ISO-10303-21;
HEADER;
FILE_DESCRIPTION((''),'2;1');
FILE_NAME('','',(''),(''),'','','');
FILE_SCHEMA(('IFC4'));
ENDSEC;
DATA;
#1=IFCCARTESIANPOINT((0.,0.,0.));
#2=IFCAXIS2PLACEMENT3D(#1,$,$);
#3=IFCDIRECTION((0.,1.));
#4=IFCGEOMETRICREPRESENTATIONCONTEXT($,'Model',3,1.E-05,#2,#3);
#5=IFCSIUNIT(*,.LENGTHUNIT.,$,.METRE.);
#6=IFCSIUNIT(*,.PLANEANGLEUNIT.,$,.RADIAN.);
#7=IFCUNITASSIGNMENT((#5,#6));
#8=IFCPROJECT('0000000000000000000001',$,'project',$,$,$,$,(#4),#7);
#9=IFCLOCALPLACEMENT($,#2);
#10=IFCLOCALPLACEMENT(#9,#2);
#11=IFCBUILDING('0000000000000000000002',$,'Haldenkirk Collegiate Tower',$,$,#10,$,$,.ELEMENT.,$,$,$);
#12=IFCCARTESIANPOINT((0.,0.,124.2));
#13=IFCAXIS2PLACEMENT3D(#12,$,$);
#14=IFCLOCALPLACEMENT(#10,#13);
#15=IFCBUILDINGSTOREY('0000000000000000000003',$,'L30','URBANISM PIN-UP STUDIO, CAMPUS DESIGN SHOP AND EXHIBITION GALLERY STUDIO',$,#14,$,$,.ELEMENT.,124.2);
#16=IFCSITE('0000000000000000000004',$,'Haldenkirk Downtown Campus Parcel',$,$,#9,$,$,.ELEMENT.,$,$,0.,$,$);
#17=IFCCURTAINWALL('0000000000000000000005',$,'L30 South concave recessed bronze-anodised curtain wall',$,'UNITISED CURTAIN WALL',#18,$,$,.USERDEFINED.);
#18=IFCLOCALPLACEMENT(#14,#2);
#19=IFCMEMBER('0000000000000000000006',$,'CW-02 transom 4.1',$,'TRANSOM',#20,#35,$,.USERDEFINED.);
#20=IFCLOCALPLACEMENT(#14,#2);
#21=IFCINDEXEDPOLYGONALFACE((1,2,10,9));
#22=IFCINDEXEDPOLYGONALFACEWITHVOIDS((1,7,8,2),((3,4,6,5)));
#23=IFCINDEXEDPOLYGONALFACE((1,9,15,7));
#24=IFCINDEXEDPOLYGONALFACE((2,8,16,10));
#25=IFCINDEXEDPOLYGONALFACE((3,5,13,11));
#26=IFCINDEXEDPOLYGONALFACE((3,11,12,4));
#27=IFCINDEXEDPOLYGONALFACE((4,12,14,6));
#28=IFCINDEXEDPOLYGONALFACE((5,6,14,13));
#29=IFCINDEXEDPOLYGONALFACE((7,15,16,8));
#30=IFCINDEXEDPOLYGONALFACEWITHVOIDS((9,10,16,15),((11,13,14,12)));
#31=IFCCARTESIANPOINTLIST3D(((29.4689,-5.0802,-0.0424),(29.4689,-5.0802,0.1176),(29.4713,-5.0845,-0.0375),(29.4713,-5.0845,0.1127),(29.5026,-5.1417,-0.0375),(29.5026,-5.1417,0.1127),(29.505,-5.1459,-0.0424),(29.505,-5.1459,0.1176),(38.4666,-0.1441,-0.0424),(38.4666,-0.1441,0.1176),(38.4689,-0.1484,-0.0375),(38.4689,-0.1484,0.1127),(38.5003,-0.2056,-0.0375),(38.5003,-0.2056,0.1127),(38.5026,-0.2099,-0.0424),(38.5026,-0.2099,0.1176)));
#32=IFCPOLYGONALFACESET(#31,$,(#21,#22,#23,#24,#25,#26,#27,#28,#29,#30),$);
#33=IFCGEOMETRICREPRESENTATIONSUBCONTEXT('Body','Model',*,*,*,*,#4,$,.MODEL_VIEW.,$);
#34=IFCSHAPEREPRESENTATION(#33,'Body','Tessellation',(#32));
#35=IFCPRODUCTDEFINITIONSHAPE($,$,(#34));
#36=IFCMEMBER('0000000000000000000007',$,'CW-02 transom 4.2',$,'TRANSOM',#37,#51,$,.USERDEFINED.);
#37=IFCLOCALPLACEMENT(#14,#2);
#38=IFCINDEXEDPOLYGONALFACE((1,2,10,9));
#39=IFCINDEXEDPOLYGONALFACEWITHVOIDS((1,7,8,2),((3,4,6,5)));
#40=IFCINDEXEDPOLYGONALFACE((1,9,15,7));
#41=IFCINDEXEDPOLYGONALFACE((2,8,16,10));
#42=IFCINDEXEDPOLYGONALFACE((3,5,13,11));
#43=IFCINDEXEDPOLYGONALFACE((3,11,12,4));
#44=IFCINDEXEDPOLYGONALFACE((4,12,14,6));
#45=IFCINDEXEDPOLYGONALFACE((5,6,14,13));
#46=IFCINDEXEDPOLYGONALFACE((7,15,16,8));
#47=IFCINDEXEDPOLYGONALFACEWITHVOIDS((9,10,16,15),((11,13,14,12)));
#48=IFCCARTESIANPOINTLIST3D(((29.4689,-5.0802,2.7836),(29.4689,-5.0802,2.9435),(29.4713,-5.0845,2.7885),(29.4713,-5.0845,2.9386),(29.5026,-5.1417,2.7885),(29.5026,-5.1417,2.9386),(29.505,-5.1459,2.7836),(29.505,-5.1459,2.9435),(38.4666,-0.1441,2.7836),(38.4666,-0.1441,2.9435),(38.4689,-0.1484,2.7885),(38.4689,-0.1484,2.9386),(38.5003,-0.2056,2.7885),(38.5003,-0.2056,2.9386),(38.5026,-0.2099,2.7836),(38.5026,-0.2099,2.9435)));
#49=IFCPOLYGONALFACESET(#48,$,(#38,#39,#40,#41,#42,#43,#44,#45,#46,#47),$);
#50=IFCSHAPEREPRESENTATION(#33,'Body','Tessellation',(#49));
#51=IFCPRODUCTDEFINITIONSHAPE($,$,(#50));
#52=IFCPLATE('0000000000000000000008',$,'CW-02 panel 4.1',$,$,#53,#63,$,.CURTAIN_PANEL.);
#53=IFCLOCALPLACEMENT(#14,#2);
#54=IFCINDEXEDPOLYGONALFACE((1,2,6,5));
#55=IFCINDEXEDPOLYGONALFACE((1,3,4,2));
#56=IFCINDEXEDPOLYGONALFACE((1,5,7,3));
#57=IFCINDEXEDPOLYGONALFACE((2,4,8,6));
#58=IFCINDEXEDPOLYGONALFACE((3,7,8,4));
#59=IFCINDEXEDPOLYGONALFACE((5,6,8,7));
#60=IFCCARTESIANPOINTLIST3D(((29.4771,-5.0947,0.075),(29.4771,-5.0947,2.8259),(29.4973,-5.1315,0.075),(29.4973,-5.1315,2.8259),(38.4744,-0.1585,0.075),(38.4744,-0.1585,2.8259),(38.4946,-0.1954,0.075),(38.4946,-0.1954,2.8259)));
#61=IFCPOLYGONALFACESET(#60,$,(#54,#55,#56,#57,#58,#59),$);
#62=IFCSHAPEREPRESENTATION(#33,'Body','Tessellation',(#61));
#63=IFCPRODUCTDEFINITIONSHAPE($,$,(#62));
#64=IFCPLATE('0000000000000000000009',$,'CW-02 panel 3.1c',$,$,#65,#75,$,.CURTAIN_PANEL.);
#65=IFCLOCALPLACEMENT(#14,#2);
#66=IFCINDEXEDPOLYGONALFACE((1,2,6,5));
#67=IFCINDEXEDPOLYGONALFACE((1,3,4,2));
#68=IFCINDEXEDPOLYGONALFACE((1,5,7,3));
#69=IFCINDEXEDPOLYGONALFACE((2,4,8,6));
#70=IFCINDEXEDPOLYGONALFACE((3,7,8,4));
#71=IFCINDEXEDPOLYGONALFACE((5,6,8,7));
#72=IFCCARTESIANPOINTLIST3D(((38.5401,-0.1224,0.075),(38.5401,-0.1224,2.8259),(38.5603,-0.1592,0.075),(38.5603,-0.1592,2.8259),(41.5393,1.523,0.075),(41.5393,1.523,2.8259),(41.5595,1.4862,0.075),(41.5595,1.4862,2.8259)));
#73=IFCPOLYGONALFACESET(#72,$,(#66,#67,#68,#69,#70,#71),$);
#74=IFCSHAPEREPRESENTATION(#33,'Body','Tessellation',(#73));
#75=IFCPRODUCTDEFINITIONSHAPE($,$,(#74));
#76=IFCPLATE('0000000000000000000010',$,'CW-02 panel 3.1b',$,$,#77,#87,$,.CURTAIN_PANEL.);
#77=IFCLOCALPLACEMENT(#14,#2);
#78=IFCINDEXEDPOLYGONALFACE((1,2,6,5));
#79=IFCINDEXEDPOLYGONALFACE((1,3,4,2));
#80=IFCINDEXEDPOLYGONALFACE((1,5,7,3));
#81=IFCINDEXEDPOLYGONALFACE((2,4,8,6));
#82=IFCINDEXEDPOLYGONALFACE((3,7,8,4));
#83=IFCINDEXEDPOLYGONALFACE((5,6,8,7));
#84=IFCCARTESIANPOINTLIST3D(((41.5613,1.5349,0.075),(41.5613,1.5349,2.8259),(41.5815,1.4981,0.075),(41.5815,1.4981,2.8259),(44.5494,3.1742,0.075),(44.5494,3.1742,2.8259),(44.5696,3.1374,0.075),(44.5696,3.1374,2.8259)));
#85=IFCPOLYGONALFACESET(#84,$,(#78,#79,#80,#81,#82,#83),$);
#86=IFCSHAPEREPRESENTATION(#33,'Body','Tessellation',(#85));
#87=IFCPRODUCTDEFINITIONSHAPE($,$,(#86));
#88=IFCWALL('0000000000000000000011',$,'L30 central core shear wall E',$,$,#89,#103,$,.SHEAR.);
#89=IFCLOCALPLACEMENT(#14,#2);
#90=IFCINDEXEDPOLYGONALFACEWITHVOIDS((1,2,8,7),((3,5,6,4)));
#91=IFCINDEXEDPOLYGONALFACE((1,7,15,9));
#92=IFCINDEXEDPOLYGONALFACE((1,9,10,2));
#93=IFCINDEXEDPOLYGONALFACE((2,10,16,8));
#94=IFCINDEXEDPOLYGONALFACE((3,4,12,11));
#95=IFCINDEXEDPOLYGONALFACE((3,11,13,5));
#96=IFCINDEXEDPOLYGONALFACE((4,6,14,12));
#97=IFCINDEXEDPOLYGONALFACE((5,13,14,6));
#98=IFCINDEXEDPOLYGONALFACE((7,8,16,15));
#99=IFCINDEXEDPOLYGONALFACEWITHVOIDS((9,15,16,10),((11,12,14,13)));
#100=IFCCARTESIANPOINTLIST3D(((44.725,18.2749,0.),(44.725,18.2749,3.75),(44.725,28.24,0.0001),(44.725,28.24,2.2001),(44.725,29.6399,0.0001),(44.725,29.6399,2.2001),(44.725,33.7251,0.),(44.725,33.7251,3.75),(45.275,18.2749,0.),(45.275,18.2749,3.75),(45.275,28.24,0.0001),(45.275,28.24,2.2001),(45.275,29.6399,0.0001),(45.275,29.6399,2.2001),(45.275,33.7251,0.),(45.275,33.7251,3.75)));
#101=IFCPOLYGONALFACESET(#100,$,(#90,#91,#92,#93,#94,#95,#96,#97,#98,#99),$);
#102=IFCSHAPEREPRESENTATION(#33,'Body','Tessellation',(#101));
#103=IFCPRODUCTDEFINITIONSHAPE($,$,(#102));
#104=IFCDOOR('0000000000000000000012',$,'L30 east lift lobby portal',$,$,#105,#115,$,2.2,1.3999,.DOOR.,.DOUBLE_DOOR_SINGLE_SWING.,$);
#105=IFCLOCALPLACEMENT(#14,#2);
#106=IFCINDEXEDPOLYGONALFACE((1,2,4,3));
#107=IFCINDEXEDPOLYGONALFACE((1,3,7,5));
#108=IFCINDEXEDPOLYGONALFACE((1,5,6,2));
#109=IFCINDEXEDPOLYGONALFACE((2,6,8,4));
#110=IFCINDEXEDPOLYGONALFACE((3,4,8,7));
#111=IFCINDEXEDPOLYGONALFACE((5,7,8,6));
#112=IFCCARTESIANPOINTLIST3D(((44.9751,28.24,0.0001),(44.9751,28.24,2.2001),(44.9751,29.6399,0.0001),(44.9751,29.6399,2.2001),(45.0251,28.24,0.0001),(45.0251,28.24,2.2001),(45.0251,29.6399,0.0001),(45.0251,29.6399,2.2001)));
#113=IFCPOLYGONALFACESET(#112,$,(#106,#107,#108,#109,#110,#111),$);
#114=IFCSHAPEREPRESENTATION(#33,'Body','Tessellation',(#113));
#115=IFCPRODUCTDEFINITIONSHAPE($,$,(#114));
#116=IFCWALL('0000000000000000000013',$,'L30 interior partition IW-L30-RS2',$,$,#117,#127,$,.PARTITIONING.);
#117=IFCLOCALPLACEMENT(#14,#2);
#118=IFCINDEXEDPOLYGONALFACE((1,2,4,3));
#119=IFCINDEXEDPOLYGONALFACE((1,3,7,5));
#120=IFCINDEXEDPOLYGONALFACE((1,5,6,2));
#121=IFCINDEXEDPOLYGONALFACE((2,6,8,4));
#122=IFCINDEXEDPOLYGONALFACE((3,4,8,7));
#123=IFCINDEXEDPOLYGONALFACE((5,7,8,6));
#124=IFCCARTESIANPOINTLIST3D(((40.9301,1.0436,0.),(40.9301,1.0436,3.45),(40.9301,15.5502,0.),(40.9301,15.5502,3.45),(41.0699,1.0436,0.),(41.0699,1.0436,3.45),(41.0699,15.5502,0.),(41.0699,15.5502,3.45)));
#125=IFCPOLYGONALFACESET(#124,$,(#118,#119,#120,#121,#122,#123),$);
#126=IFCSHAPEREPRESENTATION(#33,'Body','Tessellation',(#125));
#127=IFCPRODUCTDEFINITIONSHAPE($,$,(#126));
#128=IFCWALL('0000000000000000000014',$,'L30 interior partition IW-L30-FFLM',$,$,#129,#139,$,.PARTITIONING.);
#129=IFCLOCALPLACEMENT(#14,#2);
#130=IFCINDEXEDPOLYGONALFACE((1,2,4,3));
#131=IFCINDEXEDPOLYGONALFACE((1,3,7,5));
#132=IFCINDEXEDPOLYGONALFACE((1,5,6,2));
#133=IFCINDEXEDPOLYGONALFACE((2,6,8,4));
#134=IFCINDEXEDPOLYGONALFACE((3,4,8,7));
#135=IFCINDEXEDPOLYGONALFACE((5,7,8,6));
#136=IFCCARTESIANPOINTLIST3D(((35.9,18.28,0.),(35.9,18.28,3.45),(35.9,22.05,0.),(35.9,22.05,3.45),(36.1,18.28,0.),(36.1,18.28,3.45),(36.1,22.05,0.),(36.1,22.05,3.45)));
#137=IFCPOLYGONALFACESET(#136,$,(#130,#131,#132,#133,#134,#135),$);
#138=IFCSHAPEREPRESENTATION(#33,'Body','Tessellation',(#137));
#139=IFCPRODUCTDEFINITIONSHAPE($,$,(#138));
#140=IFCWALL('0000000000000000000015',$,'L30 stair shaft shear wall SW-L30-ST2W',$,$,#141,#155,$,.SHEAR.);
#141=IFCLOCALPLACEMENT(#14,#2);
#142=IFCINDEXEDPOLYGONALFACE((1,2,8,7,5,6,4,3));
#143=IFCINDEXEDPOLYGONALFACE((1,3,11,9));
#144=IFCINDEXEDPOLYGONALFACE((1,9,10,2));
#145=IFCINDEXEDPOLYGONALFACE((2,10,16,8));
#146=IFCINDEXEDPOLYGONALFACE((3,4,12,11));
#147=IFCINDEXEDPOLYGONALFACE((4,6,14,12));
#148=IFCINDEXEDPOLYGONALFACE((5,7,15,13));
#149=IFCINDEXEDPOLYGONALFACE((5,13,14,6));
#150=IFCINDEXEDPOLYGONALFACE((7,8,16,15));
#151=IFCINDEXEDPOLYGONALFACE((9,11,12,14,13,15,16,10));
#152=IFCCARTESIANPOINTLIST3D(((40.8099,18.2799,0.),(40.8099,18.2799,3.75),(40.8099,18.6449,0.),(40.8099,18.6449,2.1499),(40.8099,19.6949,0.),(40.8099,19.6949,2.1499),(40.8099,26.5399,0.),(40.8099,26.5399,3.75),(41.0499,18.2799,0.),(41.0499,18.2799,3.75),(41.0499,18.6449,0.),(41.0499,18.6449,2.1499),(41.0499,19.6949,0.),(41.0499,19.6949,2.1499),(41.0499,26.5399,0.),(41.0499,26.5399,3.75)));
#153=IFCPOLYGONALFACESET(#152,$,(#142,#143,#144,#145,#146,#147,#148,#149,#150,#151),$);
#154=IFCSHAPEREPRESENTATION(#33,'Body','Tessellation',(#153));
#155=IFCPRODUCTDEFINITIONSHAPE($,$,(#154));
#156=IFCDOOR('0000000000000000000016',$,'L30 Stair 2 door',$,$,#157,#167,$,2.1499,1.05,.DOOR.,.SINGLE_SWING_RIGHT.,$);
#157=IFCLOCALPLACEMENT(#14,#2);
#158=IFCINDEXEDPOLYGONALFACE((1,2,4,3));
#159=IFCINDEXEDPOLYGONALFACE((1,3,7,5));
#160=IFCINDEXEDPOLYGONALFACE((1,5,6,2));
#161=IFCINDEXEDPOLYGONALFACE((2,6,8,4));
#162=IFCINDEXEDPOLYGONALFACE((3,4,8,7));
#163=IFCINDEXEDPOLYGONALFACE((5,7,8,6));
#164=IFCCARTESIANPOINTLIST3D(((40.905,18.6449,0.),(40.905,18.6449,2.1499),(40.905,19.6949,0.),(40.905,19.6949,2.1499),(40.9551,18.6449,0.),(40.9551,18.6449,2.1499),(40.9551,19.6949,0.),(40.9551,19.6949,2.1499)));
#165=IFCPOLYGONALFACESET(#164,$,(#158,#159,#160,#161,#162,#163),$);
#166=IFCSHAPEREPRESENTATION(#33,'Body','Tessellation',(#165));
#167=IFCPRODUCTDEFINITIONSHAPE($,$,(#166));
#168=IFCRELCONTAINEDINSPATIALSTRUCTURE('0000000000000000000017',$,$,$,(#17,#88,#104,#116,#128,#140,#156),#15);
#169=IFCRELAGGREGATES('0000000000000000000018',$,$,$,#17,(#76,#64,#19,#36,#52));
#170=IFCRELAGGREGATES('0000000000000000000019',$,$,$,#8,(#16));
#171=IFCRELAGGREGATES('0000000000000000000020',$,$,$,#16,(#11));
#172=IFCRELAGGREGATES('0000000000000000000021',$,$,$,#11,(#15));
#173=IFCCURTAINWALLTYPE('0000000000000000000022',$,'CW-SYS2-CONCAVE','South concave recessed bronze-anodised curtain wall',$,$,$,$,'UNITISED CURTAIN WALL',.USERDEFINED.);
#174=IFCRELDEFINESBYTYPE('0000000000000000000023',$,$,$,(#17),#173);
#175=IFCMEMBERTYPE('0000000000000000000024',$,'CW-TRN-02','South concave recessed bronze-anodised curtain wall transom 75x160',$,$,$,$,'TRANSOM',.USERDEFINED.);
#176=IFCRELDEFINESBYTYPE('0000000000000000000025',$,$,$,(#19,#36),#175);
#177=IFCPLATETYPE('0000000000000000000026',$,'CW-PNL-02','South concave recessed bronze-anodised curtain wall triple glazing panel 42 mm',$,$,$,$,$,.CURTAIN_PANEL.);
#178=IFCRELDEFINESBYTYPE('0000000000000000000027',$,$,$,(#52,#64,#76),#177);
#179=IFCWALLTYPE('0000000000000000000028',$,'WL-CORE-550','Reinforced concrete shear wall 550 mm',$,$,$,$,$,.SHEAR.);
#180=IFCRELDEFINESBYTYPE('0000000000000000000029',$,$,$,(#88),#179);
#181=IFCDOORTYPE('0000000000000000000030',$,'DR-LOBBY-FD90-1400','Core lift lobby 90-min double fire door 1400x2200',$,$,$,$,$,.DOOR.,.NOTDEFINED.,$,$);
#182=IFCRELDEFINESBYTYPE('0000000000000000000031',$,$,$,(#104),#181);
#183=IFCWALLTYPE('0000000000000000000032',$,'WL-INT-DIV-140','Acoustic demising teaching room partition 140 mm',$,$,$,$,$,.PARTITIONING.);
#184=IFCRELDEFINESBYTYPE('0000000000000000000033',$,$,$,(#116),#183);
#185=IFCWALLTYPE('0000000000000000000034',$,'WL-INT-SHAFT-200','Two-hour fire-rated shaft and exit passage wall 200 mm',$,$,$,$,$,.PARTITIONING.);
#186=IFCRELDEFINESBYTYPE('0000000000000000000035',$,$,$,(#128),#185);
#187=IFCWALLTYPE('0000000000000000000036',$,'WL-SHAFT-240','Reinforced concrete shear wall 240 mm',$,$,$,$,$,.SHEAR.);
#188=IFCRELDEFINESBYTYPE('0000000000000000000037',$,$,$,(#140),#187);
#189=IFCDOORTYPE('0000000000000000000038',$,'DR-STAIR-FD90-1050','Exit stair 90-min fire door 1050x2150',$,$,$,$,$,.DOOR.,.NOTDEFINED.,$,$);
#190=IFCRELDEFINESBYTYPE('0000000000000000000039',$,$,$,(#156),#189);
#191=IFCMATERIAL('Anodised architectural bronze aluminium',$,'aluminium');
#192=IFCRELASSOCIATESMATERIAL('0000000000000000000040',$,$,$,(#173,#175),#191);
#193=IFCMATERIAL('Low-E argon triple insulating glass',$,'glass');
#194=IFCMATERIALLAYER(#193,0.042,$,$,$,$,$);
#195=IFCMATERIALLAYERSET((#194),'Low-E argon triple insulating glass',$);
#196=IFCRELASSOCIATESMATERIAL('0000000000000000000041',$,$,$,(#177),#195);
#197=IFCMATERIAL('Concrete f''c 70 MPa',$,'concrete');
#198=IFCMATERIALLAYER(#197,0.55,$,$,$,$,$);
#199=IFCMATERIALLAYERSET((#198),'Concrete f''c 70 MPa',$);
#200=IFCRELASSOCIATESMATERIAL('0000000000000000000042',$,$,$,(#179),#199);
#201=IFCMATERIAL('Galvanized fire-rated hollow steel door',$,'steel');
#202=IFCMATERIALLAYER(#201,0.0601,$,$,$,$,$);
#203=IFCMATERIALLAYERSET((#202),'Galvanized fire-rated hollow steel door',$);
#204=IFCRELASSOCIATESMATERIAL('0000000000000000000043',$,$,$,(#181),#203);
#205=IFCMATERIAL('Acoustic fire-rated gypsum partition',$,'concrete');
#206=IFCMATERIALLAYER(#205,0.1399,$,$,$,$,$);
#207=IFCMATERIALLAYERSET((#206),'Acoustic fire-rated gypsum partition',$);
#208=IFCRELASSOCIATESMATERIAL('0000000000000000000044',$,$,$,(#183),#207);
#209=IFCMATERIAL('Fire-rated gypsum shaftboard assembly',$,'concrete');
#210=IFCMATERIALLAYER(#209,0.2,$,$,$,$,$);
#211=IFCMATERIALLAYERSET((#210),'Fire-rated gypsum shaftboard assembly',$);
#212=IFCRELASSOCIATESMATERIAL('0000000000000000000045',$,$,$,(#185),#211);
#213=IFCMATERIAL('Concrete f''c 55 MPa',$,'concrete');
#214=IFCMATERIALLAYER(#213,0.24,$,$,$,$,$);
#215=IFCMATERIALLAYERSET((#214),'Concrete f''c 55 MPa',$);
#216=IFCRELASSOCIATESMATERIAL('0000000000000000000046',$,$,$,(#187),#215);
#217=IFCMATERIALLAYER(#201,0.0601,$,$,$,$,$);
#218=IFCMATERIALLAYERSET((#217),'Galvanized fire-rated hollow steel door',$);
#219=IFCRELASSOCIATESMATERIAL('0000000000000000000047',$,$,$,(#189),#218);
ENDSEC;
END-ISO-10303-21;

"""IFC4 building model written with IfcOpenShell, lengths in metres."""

from ifc_helpers import new_model, si_unit, direction, frame, frame_2d, origin, origin_2d, place, context, subcontext, project, spatial, rectangle, hollow_rectangle, extrude, source, transform, mapped, material, layer, layer_set, material_profile, profile_set, type_object, element, fill, aggregate, save


model = new_model("IFC4")

# Units and contexts
model_context = context("Model", 3, precision=1e-05, world=origin(), true_north=direction((0.0, 1.0)))
body_context = subcontext(model_context, "Body", "Model", "MODEL_VIEW")
ifc_project = project(units=[si_unit("LENGTHUNIT", "METRE"), si_unit("PLANEANGLEUNIT", "RADIAN")], contexts=[model_context])

# Site, building, storey
site_placement = place(None, origin())
site = spatial("IfcSite", under=ifc_project, at=site_placement, Name="Haldenkirk Downtown Campus Parcel", CompositionType="ELEMENT", RefElevation=0.0)
building_placement = place(site_placement, origin())
building = spatial("IfcBuilding", under=site, at=building_placement, Name="Haldenkirk Collegiate Tower", CompositionType="ELEMENT")
storey_placement = place(building_placement, frame((0.0, 0.0, 124.2)))
storey = spatial("IfcBuildingStorey", under=building, at=storey_placement, Name="L30", Description="URBANISM PIN-UP STUDIO, CAMPUS DESIGN SHOP AND EXHIBITION GALLERY STUDIO", CompositionType="ELEMENT", Elevation=124.2)

# Curtain wall, members, plates
ifc_material_1 = material(Name="Anodised architectural bronze aluminium", Category="aluminium")
curtain_wall_type = type_object("IfcCurtainWallType", Name="CW-SYS2-CONCAVE", Description="South concave recessed bronze-anodised curtain wall", ElementType="UNITISED CURTAIN WALL", PredefinedType="USERDEFINED", material=ifc_material_1)
curtain_wall_placement = place(storey_placement, origin())
curtain_wall = element("IfcCurtainWall", 1, at=curtain_wall_placement, inside=storey, type_object=curtain_wall_type, Name="L30 South concave recessed bronze-anodised curtain wall", ObjectType="UNITISED CURTAIN WALL", PredefinedType="USERDEFINED")
ifc_material_profile_1 = material_profile(ifc_material_1, hollow_rectangle(XDim=0.075, YDim=0.1599, WallThickness=0.0049, at=origin_2d()), Name="CW-TRN-02")
ifc_profile_set_1 = profile_set([ifc_material_profile_1], Name="Anodised architectural bronze aluminium")
member_type_1 = type_object("IfcMemberType", Name="CW-TRN-02", Description="South concave recessed bronze-anodised curtain wall transom 75x160", ElementType="TRANSOM", PredefinedType="USERDEFINED", material=ifc_profile_set_1)
member_1_placement = place(storey_placement, frame((38.4846, -0.177, 0.0376), z_axis=(-0.876735, -0.480974, 0.0), x_axis=(0.480974, -0.876735, 0.0)))
member_1 = element("IfcMember", 2, at=member_1_placement, type_object=member_type_1, Name="CW-02 transom 4.1", ObjectType="TRANSOM", PredefinedType="USERDEFINED", context=body_context, shape_type="SweptSolid", body=[
    extrude(hollow_rectangle(XDim=0.075, YDim=0.1599, WallThickness=0.0049, at=origin_2d()), origin(), (0.0, 0.0, 1.0), 10.2627),
])
member_2_placement = place(storey_placement, frame((38.4846, -0.177, 2.8635), z_axis=(-0.876735, -0.480974, 0.0), x_axis=(0.480974, -0.876735, 0.0)))
member_2 = element("IfcMember", 3, at=member_2_placement, type_object=member_type_1, Name="CW-02 transom 4.2", ObjectType="TRANSOM", PredefinedType="USERDEFINED", context=body_context, shape_type="SweptSolid", body=[
    extrude(hollow_rectangle(XDim=0.075, YDim=0.1599, WallThickness=0.0049, at=origin_2d()), origin(), (0.0, 0.0, 1.0), 10.2627),
])
ifc_material_2 = material(Name="Low-E argon triple insulating glass", Category="glass")
ifc_layer_1 = layer(ifc_material_2, 0.042)
ifc_layer_set_1 = layer_set([ifc_layer_1], Name="Low-E argon triple insulating glass")
plate_type = type_object("IfcPlateType", Name="CW-PNL-02", Description="South concave recessed bronze-anodised curtain wall triple glazing panel 42 mm", PredefinedType="CURTAIN_PANEL", material=ifc_layer_set_1)
shared_shape_1 = source(origin(), body_context, "Body", "SweptSolid", [
    extrude(rectangle(XDim=10.2625, YDim=0.042, at=origin_2d()), origin(), (0.0, 0.0, 1.0), 2.751),
])
plate_1_placement = place(storey_placement, frame((33.9858, -2.645, 0.075), z_axis=(0.0, 0.0, 1.0), x_axis=(-0.876727, -0.480989, 0.0)))
plate_1 = element("IfcPlate", 4, at=plate_1_placement, type_object=plate_type, Name="CW-02 panel 4.1", PredefinedType="CURTAIN_PANEL", context=body_context, shape_type="MappedRepresentation", body=[
    mapped(shared_shape_1, transform((0.0, 0.0, 0.0), x_axis=(1.0, 0.0, 0.0), y_axis=(0.0, 1.0, 0.0), z_axis=(0.0, 0.0, 1.0), scale=1.0)),
])
shared_shape_2 = source(origin(), body_context, "Body", "SweptSolid", [
    extrude(rectangle(XDim=3.4209, YDim=0.042, at=origin_2d()), origin(), (0.0, 0.0, 1.0), 2.751),
])
plate_2_placement = place(storey_placement, frame((40.0498, 0.6819, 0.075), z_axis=(0.0, 0.0, 1.0), x_axis=(-0.876727, -0.480989, 0.0)))
plate_2 = element("IfcPlate", 5, at=plate_2_placement, type_object=plate_type, Name="CW-02 panel 3.1c", PredefinedType="CURTAIN_PANEL", context=body_context, shape_type="MappedRepresentation", body=[
    mapped(shared_shape_2, transform((0.0, 0.0, 0.0), x_axis=(1.0, 0.0, 0.0), y_axis=(0.0, 1.0, 0.0), z_axis=(0.0, 0.0, 1.0), scale=1.0)),
])
shared_shape_3 = source(origin(), body_context, "Body", "SweptSolid", [
    extrude(rectangle(XDim=3.4082, YDim=0.042, at=origin_2d()), origin(), (0.0, 0.0, 1.0), 2.751),
])
plate_3_placement = place(storey_placement, frame((43.0654, 2.3362, 0.075), z_axis=(0.0, 0.0, 1.0), x_axis=(-0.876727, -0.480989, 0.0)))
plate_3 = element("IfcPlate", 6, at=plate_3_placement, type_object=plate_type, Name="CW-02 panel 3.1b", PredefinedType="CURTAIN_PANEL", context=body_context, shape_type="MappedRepresentation", body=[
    mapped(shared_shape_3, transform((0.0, 0.0, 0.0), x_axis=(1.0, 0.0, 0.0), y_axis=(0.0, 1.0, 0.0), z_axis=(0.0, 0.0, 1.0), scale=1.0)),
])
aggregate(curtain_wall, [plate_3, plate_2, member_1, member_2, plate_1])

# Wall, opening, door
ifc_material_3 = material(Name="Concrete f'c 70 MPa", Category="concrete")
ifc_layer_2 = layer(ifc_material_3, 0.55)
ifc_layer_set_2 = layer_set([ifc_layer_2], Name="Concrete f'c 70 MPa")
wall_type_1 = type_object("IfcWallType", Name="WL-CORE-550", Description="Reinforced concrete shear wall 550 mm", PredefinedType="SHEAR", material=ifc_layer_set_2)
wall_1_placement = place(storey_placement, frame((45.0, 18.2749, 0.0), z_axis=(0.0, 0.0, 1.0), x_axis=(0.0, 1.0, 0.0)))
wall_1 = element("IfcWall", 7, at=wall_1_placement, inside=storey, type_object=wall_type_1, Name="L30 central core shear wall E", PredefinedType="SHEAR", context=body_context, shape_type="SweptSolid", body=[
    extrude(rectangle(XDim=15.4502, YDim=0.55, at=frame_2d((7.7251, 0.0))), origin(), (0.0, 0.0, 1.0), 3.75),
])
opening_1_placement = place(wall_1_placement, frame((9.9651, 0.0, 0.0)))
opening_1 = element("IfcOpeningElement", 8, at=opening_1_placement, cuts=wall_1, PredefinedType="OPENING", context=body_context, shape_type="SweptSolid", body=[
    extrude(rectangle(XDim=1.3999, YDim=2.2, at=frame_2d((0.7, 1.1001))), frame((0.0, 0.2849, 0.0), z_axis=(0.0, -1.0, 0.0), x_axis=(1.0, 0.0, 0.0)), (0.0, 0.0, 1.0), 0.5701),
])
ifc_material_4 = material(Name="Galvanized fire-rated hollow steel door", Category="steel")
ifc_layer_3 = layer(ifc_material_4, 0.0601)
ifc_layer_set_3 = layer_set([ifc_layer_3], Name="Galvanized fire-rated hollow steel door")
door_type_1 = type_object("IfcDoorType", Name="DR-LOBBY-FD90-1400", Description="Core lift lobby 90-min double fire door 1400x2200", OperationType="NOTDEFINED", PredefinedType="DOOR", material=ifc_layer_set_3)
door_1_placement = place(opening_1_placement, origin())
door_1 = element("IfcDoor", 9, at=door_1_placement, inside=storey, type_object=door_type_1, Name="L30 east lift lobby portal", OperationType="DOUBLE_DOOR_SINGLE_SWING", OverallHeight=2.2, OverallWidth=1.3999, PredefinedType="DOOR", context=body_context, shape_type="SweptSolid", body=[
    extrude(rectangle(XDim=1.3999, YDim=2.2, at=frame_2d((0.7, 1.1001))), frame((0.0, 0.0249, 0.0), z_axis=(0.0, -1.0, 0.0), x_axis=(1.0, 0.0, 0.0)), (0.0, 0.0, 1.0), 0.05),
])
fill(opening_1, door_1)

# Walls
ifc_material_5 = material(Name="Acoustic fire-rated gypsum partition", Category="concrete")
ifc_layer_4 = layer(ifc_material_5, 0.1399)
ifc_layer_set_4 = layer_set([ifc_layer_4], Name="Acoustic fire-rated gypsum partition")
wall_type_2 = type_object("IfcWallType", Name="WL-INT-DIV-140", Description="Acoustic demising teaching room partition 140 mm", PredefinedType="PARTITIONING", material=ifc_layer_set_4)
wall_2_placement = place(storey_placement, frame((41.0, 1.0435, 0.0), z_axis=(0.0, 0.0, 1.0), x_axis=(0.0, 1.0, 0.0)))
element("IfcWall", 10, at=wall_2_placement, inside=storey, type_object=wall_type_2, Name="L30 interior partition IW-L30-RS2", PredefinedType="PARTITIONING", context=body_context, shape_type="SweptSolid", body=[
    extrude(rectangle(XDim=14.5066, YDim=0.1399, at=frame_2d((7.2534, 0.0))), origin(), (0.0, 0.0, 1.0), 3.45),
])
ifc_material_6 = material(Name="Fire-rated gypsum shaftboard assembly", Category="concrete")
ifc_layer_5 = layer(ifc_material_6, 0.2)
ifc_layer_set_5 = layer_set([ifc_layer_5], Name="Fire-rated gypsum shaftboard assembly")
wall_type_3 = type_object("IfcWallType", Name="WL-INT-SHAFT-200", Description="Two-hour fire-rated shaft and exit passage wall 200 mm", PredefinedType="PARTITIONING", material=ifc_layer_set_5)
wall_3_placement = place(storey_placement, frame((36.0, 18.28, 0.0), z_axis=(0.0, 0.0, 1.0), x_axis=(0.0, 1.0, 0.0)))
element("IfcWall", 11, at=wall_3_placement, inside=storey, type_object=wall_type_3, Name="L30 interior partition IW-L30-FFLM", PredefinedType="PARTITIONING", context=body_context, shape_type="SweptSolid", body=[
    extrude(rectangle(XDim=3.77, YDim=0.2, at=frame_2d((1.885, 0.0))), origin(), (0.0, 0.0, 1.0), 3.45),
])

# Wall, opening, door
ifc_material_7 = material(Name="Concrete f'c 55 MPa", Category="concrete")
ifc_layer_6 = layer(ifc_material_7, 0.24)
ifc_layer_set_6 = layer_set([ifc_layer_6], Name="Concrete f'c 55 MPa")
wall_type_4 = type_object("IfcWallType", Name="WL-SHAFT-240", Description="Reinforced concrete shear wall 240 mm", PredefinedType="SHEAR", material=ifc_layer_set_6)
wall_4_placement = place(storey_placement, frame((40.9299, 18.28, 0.0), z_axis=(0.0, 0.0, 1.0), x_axis=(0.0, 1.0, 0.0)))
wall_4 = element("IfcWall", 12, at=wall_4_placement, inside=storey, type_object=wall_type_4, Name="L30 stair shaft shear wall SW-L30-ST2W", PredefinedType="SHEAR", context=body_context, shape_type="SweptSolid", body=[
    extrude(rectangle(XDim=8.26, YDim=0.24, at=frame_2d((4.1299, 0.0))), origin(), (0.0, 0.0, 1.0), 3.75),
])
opening_2_placement = place(wall_4_placement, frame((0.365, 0.0, 0.0)))
opening_2 = element("IfcOpeningElement", 13, at=opening_2_placement, cuts=wall_4, PredefinedType="OPENING", context=body_context, shape_type="SweptSolid", body=[
    extrude(rectangle(XDim=1.05, YDim=2.1499, at=frame_2d((0.5249, 1.075))), frame((0.0, 0.1299, 0.0), z_axis=(0.0, -1.0, 0.0), x_axis=(1.0, 0.0, 0.0)), (0.0, 0.0, 1.0), 0.26),
])
ifc_layer_7 = layer(ifc_material_4, 0.0601)
ifc_layer_set_7 = layer_set([ifc_layer_7], Name="Galvanized fire-rated hollow steel door")
door_type_2 = type_object("IfcDoorType", Name="DR-STAIR-FD90-1050", Description="Exit stair 90-min fire door 1050x2150", OperationType="NOTDEFINED", PredefinedType="DOOR", material=ifc_layer_set_7)
door_2_placement = place(opening_2_placement, origin())
door_2 = element("IfcDoor", 14, at=door_2_placement, inside=storey, type_object=door_type_2, Name="L30 Stair 2 door", OperationType="SINGLE_SWING_RIGHT", OverallHeight=2.1499, OverallWidth=1.05, PredefinedType="DOOR", context=body_context, shape_type="SweptSolid", body=[
    extrude(rectangle(XDim=1.05, YDim=2.1499, at=frame_2d((0.5249, 1.075))), frame((0.0, 0.0249, 0.0), z_axis=(0.0, -1.0, 0.0), x_axis=(1.0, 0.0, 0.0)), (0.0, 0.0, 1.0), 0.05),
])
fill(opening_2, door_2)

save(model, "model.ifc")
